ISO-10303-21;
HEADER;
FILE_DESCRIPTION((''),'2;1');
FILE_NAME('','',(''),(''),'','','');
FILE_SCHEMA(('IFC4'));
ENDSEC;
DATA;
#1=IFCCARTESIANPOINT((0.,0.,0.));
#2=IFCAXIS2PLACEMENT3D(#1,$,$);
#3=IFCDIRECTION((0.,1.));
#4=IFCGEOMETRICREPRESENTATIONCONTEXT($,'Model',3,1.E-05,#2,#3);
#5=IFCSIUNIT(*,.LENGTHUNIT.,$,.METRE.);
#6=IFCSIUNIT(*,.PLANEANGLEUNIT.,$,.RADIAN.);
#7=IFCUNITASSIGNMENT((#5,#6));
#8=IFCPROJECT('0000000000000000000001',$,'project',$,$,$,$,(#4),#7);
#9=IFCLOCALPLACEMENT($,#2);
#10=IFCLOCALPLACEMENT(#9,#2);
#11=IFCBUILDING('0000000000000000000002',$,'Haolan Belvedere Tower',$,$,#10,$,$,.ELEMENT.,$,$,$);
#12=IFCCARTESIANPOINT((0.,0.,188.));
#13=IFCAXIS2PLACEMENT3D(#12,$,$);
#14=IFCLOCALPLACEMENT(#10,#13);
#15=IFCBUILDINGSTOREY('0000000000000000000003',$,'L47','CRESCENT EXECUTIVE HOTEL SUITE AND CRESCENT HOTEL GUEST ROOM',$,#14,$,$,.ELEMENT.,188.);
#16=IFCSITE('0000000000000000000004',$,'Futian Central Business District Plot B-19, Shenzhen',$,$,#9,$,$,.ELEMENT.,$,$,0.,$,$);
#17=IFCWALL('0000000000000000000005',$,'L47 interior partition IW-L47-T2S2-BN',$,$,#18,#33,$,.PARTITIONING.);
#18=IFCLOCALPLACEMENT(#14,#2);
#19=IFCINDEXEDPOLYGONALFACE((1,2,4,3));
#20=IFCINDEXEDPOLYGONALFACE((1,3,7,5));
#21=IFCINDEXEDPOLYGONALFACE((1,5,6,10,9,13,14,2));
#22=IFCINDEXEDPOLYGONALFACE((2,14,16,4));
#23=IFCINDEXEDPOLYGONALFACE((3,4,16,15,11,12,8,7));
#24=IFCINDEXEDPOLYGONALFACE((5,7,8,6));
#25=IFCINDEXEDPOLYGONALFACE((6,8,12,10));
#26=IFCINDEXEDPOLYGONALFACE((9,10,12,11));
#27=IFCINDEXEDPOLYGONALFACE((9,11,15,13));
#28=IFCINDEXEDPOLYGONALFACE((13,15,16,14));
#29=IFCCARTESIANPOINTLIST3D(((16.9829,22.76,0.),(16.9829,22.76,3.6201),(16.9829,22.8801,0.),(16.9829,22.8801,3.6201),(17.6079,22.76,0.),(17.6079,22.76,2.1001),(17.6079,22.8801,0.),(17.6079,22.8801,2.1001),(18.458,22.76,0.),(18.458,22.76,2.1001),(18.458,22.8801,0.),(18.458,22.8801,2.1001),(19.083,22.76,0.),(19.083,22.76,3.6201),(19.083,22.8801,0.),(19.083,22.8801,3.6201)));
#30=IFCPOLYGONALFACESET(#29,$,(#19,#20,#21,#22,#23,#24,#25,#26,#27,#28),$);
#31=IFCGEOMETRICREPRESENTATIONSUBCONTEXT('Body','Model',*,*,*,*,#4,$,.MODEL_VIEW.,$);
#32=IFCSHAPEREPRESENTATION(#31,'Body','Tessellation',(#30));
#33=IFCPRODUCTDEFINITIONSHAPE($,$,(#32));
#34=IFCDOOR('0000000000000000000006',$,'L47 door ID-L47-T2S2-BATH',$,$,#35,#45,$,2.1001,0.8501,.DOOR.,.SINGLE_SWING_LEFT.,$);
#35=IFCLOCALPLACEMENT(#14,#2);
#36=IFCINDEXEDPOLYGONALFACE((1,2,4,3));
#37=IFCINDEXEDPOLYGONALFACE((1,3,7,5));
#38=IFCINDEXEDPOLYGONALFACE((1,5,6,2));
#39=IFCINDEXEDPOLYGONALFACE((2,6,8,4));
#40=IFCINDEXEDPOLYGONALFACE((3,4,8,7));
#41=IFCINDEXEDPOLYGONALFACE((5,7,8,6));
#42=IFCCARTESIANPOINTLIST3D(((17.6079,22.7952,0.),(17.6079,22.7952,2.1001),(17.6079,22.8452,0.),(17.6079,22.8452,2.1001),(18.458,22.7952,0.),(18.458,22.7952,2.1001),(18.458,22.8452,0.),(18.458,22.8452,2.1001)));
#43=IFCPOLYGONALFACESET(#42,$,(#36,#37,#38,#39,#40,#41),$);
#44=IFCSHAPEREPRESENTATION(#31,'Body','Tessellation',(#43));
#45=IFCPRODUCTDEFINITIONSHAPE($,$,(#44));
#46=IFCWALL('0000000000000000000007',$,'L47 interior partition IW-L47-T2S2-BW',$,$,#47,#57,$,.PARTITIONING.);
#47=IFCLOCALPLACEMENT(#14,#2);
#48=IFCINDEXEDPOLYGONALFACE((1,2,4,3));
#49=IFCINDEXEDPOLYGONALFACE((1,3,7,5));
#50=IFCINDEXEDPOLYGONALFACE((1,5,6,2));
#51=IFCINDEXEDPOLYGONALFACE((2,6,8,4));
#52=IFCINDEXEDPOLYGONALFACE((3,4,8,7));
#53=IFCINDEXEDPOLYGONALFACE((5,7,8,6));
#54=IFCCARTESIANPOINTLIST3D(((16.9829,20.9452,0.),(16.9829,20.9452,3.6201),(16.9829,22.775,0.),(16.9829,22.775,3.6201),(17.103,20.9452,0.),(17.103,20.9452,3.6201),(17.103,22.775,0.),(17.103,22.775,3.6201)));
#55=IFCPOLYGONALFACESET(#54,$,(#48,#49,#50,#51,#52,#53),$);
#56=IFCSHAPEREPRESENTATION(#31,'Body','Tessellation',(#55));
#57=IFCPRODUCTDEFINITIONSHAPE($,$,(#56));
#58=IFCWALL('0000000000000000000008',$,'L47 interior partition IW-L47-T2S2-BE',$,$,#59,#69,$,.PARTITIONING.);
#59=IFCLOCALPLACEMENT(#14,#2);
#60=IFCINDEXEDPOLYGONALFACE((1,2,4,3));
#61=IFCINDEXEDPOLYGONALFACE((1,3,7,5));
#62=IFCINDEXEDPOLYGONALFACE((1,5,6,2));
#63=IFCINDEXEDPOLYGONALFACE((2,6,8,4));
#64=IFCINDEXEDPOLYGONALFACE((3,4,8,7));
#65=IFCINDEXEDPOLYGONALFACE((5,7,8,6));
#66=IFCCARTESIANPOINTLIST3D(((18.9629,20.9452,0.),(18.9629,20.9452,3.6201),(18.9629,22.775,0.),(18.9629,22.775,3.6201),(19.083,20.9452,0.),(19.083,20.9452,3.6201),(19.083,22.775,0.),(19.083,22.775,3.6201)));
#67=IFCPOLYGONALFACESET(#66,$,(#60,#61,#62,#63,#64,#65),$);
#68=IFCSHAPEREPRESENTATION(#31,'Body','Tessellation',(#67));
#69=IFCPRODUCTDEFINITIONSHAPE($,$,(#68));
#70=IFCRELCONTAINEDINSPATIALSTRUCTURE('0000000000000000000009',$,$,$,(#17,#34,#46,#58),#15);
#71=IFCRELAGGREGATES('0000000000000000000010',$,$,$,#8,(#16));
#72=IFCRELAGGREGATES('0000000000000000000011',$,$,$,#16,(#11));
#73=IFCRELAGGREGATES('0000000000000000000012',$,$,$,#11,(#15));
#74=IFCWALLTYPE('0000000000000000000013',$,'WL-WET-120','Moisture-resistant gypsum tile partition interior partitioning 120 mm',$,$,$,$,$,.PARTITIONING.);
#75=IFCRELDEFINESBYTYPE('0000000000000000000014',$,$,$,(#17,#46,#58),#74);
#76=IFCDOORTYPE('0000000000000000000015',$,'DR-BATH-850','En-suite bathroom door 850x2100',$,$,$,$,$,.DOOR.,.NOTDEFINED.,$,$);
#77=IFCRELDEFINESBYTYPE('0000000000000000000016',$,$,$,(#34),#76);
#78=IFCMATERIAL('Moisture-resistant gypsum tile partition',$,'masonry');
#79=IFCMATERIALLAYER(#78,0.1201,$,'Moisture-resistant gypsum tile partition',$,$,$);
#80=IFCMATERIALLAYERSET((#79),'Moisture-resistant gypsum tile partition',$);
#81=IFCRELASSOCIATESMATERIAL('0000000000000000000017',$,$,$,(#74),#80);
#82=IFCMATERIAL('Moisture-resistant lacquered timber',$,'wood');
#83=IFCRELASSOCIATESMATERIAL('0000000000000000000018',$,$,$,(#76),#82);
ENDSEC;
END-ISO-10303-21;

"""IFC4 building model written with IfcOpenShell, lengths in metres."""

from ifc_helpers import new_model, si_unit, direction, frame, frame_2d, origin, place, context, subcontext, project, spatial, rectangle, extrude, material, layer, layer_set, type_object, element, fill, save


model = new_model("IFC4")

# Units and contexts
model_context = context("Model", 3, precision=1e-05, world=origin(), true_north=direction((0.0, 1.0)))
body_context = subcontext(model_context, "Body", "Model", "MODEL_VIEW")
ifc_project = project(units=[si_unit("LENGTHUNIT", "METRE"), si_unit("PLANEANGLEUNIT", "RADIAN")], contexts=[model_context])

# Site, building, storey
site_placement = place(None, origin())
site = spatial("IfcSite", under=ifc_project, at=site_placement, Name="Futian Central Business District Plot B-19, Shenzhen", CompositionType="ELEMENT", RefElevation=0.0)
building_placement = place(site_placement, origin())
building = spatial("IfcBuilding", under=site, at=building_placement, Name="Haolan Belvedere Tower", CompositionType="ELEMENT")
storey_placement = place(building_placement, frame((0.0, 0.0, 188.0)))
storey = spatial("IfcBuildingStorey", under=building, at=storey_placement, Name="L47", Description="CRESCENT EXECUTIVE HOTEL SUITE AND CRESCENT HOTEL GUEST ROOM", CompositionType="ELEMENT", Elevation=188.0)

# Shared definitions
ifc_material_1 = material(Name="Moisture-resistant gypsum tile partition", Category="masonry")
ifc_layer_1 = layer(ifc_material_1, 0.1201, Name="Moisture-resistant gypsum tile partition")
ifc_layer_set_1 = layer_set([ifc_layer_1], Name="Moisture-resistant gypsum tile partition")
wall_type_1 = type_object("IfcWallType", Name="WL-WET-120", Description="Moisture-resistant gypsum tile partition interior partitioning 120 mm", PredefinedType="PARTITIONING", material=ifc_layer_set_1)
ifc_material_2 = material(Name="Moisture-resistant lacquered timber", Category="wood")
door_type_1 = type_object("IfcDoorType", Name="DR-BATH-850", Description="En-suite bathroom door 850x2100", OperationType="NOTDEFINED", PredefinedType="DOOR", material=ifc_material_2)

# Wall, opening, door
wall_1_placement = place(storey_placement, frame((16.9829, 22.8201, 0.0), z_axis=(0.0, 0.0, 1.0), x_axis=(1.0, 0.0, 0.0)))
wall_1 = element("IfcWall", 1, at=wall_1_placement, inside=storey, type_object=wall_type_1, Name="L47 interior partition IW-L47-T2S2-BN", PredefinedType="PARTITIONING", context=body_context, shape_type="SweptSolid", body=[
    extrude(rectangle(XDim=2.1001, YDim=0.1201, at=frame_2d((1.05, 0.0))), origin(), (0.0, 0.0, 1.0), 3.6201),
])
opening_1_placement = place(wall_1_placement, frame((1.4751, 0.0, 0.0), z_axis=(0.0, 0.0, 1.0), x_axis=(-1.0, 0.0, 0.0)))
opening_1 = element("IfcOpeningElement", 2, at=opening_1_placement, cuts=wall_1, PredefinedType="OPENING", context=body_context, shape_type="SweptSolid", body=[
    extrude(rectangle(XDim=0.8501, YDim=2.1001, at=frame_2d((0.425, 1.05))), frame((0.0, 0.0701, 0.0), z_axis=(0.0, -1.0, 0.0), x_axis=(1.0, 0.0, 0.0)), (0.0, 0.0, 1.0), 0.1401),
])
door_1_placement = place(opening_1_placement, origin())
door_1 = element("IfcDoor", 3, at=door_1_placement, inside=storey, type_object=door_type_1, Name="L47 door ID-L47-T2S2-BATH", OperationType="SINGLE_SWING_LEFT", OverallHeight=2.1001, OverallWidth=0.8501, PredefinedType="DOOR", context=body_context, shape_type="SweptSolid", body=[
    extrude(rectangle(XDim=0.8501, YDim=2.1001, at=frame_2d((0.425, 1.05))), frame((0.0, 0.0249, 0.0), z_axis=(0.0, -1.0, 0.0), x_axis=(1.0, 0.0, 0.0)), (0.0, 0.0, 1.0), 0.05),
])
fill(opening_1, door_1)

# Walls
for number, where, z_axis, x_axis, name in (
    (4, (17.043, 20.9451, 0.0), (0.0, 0.0, 1.0), (0.0, 1.0, 0.0), "L47 interior partition IW-L47-T2S2-BW"),
    (5, (19.0229, 20.9451, 0.0), (0.0, 0.0, 1.0), (0.0, 1.0, 0.0), "L47 interior partition IW-L47-T2S2-BE"),
):
    element("IfcWall", number, at=place(storey_placement, frame(where, z_axis=z_axis, x_axis=x_axis)), inside=storey, type_object=wall_type_1, Name=name, PredefinedType="PARTITIONING", context=body_context, shape_type="SweptSolid", body=[
        extrude(rectangle(XDim=1.8298, YDim=0.1201, at=frame_2d((0.915, 0.0))), origin(), (0.0, 0.0, 1.0), 3.6201),
    ])

save(model, "model.ifc")
